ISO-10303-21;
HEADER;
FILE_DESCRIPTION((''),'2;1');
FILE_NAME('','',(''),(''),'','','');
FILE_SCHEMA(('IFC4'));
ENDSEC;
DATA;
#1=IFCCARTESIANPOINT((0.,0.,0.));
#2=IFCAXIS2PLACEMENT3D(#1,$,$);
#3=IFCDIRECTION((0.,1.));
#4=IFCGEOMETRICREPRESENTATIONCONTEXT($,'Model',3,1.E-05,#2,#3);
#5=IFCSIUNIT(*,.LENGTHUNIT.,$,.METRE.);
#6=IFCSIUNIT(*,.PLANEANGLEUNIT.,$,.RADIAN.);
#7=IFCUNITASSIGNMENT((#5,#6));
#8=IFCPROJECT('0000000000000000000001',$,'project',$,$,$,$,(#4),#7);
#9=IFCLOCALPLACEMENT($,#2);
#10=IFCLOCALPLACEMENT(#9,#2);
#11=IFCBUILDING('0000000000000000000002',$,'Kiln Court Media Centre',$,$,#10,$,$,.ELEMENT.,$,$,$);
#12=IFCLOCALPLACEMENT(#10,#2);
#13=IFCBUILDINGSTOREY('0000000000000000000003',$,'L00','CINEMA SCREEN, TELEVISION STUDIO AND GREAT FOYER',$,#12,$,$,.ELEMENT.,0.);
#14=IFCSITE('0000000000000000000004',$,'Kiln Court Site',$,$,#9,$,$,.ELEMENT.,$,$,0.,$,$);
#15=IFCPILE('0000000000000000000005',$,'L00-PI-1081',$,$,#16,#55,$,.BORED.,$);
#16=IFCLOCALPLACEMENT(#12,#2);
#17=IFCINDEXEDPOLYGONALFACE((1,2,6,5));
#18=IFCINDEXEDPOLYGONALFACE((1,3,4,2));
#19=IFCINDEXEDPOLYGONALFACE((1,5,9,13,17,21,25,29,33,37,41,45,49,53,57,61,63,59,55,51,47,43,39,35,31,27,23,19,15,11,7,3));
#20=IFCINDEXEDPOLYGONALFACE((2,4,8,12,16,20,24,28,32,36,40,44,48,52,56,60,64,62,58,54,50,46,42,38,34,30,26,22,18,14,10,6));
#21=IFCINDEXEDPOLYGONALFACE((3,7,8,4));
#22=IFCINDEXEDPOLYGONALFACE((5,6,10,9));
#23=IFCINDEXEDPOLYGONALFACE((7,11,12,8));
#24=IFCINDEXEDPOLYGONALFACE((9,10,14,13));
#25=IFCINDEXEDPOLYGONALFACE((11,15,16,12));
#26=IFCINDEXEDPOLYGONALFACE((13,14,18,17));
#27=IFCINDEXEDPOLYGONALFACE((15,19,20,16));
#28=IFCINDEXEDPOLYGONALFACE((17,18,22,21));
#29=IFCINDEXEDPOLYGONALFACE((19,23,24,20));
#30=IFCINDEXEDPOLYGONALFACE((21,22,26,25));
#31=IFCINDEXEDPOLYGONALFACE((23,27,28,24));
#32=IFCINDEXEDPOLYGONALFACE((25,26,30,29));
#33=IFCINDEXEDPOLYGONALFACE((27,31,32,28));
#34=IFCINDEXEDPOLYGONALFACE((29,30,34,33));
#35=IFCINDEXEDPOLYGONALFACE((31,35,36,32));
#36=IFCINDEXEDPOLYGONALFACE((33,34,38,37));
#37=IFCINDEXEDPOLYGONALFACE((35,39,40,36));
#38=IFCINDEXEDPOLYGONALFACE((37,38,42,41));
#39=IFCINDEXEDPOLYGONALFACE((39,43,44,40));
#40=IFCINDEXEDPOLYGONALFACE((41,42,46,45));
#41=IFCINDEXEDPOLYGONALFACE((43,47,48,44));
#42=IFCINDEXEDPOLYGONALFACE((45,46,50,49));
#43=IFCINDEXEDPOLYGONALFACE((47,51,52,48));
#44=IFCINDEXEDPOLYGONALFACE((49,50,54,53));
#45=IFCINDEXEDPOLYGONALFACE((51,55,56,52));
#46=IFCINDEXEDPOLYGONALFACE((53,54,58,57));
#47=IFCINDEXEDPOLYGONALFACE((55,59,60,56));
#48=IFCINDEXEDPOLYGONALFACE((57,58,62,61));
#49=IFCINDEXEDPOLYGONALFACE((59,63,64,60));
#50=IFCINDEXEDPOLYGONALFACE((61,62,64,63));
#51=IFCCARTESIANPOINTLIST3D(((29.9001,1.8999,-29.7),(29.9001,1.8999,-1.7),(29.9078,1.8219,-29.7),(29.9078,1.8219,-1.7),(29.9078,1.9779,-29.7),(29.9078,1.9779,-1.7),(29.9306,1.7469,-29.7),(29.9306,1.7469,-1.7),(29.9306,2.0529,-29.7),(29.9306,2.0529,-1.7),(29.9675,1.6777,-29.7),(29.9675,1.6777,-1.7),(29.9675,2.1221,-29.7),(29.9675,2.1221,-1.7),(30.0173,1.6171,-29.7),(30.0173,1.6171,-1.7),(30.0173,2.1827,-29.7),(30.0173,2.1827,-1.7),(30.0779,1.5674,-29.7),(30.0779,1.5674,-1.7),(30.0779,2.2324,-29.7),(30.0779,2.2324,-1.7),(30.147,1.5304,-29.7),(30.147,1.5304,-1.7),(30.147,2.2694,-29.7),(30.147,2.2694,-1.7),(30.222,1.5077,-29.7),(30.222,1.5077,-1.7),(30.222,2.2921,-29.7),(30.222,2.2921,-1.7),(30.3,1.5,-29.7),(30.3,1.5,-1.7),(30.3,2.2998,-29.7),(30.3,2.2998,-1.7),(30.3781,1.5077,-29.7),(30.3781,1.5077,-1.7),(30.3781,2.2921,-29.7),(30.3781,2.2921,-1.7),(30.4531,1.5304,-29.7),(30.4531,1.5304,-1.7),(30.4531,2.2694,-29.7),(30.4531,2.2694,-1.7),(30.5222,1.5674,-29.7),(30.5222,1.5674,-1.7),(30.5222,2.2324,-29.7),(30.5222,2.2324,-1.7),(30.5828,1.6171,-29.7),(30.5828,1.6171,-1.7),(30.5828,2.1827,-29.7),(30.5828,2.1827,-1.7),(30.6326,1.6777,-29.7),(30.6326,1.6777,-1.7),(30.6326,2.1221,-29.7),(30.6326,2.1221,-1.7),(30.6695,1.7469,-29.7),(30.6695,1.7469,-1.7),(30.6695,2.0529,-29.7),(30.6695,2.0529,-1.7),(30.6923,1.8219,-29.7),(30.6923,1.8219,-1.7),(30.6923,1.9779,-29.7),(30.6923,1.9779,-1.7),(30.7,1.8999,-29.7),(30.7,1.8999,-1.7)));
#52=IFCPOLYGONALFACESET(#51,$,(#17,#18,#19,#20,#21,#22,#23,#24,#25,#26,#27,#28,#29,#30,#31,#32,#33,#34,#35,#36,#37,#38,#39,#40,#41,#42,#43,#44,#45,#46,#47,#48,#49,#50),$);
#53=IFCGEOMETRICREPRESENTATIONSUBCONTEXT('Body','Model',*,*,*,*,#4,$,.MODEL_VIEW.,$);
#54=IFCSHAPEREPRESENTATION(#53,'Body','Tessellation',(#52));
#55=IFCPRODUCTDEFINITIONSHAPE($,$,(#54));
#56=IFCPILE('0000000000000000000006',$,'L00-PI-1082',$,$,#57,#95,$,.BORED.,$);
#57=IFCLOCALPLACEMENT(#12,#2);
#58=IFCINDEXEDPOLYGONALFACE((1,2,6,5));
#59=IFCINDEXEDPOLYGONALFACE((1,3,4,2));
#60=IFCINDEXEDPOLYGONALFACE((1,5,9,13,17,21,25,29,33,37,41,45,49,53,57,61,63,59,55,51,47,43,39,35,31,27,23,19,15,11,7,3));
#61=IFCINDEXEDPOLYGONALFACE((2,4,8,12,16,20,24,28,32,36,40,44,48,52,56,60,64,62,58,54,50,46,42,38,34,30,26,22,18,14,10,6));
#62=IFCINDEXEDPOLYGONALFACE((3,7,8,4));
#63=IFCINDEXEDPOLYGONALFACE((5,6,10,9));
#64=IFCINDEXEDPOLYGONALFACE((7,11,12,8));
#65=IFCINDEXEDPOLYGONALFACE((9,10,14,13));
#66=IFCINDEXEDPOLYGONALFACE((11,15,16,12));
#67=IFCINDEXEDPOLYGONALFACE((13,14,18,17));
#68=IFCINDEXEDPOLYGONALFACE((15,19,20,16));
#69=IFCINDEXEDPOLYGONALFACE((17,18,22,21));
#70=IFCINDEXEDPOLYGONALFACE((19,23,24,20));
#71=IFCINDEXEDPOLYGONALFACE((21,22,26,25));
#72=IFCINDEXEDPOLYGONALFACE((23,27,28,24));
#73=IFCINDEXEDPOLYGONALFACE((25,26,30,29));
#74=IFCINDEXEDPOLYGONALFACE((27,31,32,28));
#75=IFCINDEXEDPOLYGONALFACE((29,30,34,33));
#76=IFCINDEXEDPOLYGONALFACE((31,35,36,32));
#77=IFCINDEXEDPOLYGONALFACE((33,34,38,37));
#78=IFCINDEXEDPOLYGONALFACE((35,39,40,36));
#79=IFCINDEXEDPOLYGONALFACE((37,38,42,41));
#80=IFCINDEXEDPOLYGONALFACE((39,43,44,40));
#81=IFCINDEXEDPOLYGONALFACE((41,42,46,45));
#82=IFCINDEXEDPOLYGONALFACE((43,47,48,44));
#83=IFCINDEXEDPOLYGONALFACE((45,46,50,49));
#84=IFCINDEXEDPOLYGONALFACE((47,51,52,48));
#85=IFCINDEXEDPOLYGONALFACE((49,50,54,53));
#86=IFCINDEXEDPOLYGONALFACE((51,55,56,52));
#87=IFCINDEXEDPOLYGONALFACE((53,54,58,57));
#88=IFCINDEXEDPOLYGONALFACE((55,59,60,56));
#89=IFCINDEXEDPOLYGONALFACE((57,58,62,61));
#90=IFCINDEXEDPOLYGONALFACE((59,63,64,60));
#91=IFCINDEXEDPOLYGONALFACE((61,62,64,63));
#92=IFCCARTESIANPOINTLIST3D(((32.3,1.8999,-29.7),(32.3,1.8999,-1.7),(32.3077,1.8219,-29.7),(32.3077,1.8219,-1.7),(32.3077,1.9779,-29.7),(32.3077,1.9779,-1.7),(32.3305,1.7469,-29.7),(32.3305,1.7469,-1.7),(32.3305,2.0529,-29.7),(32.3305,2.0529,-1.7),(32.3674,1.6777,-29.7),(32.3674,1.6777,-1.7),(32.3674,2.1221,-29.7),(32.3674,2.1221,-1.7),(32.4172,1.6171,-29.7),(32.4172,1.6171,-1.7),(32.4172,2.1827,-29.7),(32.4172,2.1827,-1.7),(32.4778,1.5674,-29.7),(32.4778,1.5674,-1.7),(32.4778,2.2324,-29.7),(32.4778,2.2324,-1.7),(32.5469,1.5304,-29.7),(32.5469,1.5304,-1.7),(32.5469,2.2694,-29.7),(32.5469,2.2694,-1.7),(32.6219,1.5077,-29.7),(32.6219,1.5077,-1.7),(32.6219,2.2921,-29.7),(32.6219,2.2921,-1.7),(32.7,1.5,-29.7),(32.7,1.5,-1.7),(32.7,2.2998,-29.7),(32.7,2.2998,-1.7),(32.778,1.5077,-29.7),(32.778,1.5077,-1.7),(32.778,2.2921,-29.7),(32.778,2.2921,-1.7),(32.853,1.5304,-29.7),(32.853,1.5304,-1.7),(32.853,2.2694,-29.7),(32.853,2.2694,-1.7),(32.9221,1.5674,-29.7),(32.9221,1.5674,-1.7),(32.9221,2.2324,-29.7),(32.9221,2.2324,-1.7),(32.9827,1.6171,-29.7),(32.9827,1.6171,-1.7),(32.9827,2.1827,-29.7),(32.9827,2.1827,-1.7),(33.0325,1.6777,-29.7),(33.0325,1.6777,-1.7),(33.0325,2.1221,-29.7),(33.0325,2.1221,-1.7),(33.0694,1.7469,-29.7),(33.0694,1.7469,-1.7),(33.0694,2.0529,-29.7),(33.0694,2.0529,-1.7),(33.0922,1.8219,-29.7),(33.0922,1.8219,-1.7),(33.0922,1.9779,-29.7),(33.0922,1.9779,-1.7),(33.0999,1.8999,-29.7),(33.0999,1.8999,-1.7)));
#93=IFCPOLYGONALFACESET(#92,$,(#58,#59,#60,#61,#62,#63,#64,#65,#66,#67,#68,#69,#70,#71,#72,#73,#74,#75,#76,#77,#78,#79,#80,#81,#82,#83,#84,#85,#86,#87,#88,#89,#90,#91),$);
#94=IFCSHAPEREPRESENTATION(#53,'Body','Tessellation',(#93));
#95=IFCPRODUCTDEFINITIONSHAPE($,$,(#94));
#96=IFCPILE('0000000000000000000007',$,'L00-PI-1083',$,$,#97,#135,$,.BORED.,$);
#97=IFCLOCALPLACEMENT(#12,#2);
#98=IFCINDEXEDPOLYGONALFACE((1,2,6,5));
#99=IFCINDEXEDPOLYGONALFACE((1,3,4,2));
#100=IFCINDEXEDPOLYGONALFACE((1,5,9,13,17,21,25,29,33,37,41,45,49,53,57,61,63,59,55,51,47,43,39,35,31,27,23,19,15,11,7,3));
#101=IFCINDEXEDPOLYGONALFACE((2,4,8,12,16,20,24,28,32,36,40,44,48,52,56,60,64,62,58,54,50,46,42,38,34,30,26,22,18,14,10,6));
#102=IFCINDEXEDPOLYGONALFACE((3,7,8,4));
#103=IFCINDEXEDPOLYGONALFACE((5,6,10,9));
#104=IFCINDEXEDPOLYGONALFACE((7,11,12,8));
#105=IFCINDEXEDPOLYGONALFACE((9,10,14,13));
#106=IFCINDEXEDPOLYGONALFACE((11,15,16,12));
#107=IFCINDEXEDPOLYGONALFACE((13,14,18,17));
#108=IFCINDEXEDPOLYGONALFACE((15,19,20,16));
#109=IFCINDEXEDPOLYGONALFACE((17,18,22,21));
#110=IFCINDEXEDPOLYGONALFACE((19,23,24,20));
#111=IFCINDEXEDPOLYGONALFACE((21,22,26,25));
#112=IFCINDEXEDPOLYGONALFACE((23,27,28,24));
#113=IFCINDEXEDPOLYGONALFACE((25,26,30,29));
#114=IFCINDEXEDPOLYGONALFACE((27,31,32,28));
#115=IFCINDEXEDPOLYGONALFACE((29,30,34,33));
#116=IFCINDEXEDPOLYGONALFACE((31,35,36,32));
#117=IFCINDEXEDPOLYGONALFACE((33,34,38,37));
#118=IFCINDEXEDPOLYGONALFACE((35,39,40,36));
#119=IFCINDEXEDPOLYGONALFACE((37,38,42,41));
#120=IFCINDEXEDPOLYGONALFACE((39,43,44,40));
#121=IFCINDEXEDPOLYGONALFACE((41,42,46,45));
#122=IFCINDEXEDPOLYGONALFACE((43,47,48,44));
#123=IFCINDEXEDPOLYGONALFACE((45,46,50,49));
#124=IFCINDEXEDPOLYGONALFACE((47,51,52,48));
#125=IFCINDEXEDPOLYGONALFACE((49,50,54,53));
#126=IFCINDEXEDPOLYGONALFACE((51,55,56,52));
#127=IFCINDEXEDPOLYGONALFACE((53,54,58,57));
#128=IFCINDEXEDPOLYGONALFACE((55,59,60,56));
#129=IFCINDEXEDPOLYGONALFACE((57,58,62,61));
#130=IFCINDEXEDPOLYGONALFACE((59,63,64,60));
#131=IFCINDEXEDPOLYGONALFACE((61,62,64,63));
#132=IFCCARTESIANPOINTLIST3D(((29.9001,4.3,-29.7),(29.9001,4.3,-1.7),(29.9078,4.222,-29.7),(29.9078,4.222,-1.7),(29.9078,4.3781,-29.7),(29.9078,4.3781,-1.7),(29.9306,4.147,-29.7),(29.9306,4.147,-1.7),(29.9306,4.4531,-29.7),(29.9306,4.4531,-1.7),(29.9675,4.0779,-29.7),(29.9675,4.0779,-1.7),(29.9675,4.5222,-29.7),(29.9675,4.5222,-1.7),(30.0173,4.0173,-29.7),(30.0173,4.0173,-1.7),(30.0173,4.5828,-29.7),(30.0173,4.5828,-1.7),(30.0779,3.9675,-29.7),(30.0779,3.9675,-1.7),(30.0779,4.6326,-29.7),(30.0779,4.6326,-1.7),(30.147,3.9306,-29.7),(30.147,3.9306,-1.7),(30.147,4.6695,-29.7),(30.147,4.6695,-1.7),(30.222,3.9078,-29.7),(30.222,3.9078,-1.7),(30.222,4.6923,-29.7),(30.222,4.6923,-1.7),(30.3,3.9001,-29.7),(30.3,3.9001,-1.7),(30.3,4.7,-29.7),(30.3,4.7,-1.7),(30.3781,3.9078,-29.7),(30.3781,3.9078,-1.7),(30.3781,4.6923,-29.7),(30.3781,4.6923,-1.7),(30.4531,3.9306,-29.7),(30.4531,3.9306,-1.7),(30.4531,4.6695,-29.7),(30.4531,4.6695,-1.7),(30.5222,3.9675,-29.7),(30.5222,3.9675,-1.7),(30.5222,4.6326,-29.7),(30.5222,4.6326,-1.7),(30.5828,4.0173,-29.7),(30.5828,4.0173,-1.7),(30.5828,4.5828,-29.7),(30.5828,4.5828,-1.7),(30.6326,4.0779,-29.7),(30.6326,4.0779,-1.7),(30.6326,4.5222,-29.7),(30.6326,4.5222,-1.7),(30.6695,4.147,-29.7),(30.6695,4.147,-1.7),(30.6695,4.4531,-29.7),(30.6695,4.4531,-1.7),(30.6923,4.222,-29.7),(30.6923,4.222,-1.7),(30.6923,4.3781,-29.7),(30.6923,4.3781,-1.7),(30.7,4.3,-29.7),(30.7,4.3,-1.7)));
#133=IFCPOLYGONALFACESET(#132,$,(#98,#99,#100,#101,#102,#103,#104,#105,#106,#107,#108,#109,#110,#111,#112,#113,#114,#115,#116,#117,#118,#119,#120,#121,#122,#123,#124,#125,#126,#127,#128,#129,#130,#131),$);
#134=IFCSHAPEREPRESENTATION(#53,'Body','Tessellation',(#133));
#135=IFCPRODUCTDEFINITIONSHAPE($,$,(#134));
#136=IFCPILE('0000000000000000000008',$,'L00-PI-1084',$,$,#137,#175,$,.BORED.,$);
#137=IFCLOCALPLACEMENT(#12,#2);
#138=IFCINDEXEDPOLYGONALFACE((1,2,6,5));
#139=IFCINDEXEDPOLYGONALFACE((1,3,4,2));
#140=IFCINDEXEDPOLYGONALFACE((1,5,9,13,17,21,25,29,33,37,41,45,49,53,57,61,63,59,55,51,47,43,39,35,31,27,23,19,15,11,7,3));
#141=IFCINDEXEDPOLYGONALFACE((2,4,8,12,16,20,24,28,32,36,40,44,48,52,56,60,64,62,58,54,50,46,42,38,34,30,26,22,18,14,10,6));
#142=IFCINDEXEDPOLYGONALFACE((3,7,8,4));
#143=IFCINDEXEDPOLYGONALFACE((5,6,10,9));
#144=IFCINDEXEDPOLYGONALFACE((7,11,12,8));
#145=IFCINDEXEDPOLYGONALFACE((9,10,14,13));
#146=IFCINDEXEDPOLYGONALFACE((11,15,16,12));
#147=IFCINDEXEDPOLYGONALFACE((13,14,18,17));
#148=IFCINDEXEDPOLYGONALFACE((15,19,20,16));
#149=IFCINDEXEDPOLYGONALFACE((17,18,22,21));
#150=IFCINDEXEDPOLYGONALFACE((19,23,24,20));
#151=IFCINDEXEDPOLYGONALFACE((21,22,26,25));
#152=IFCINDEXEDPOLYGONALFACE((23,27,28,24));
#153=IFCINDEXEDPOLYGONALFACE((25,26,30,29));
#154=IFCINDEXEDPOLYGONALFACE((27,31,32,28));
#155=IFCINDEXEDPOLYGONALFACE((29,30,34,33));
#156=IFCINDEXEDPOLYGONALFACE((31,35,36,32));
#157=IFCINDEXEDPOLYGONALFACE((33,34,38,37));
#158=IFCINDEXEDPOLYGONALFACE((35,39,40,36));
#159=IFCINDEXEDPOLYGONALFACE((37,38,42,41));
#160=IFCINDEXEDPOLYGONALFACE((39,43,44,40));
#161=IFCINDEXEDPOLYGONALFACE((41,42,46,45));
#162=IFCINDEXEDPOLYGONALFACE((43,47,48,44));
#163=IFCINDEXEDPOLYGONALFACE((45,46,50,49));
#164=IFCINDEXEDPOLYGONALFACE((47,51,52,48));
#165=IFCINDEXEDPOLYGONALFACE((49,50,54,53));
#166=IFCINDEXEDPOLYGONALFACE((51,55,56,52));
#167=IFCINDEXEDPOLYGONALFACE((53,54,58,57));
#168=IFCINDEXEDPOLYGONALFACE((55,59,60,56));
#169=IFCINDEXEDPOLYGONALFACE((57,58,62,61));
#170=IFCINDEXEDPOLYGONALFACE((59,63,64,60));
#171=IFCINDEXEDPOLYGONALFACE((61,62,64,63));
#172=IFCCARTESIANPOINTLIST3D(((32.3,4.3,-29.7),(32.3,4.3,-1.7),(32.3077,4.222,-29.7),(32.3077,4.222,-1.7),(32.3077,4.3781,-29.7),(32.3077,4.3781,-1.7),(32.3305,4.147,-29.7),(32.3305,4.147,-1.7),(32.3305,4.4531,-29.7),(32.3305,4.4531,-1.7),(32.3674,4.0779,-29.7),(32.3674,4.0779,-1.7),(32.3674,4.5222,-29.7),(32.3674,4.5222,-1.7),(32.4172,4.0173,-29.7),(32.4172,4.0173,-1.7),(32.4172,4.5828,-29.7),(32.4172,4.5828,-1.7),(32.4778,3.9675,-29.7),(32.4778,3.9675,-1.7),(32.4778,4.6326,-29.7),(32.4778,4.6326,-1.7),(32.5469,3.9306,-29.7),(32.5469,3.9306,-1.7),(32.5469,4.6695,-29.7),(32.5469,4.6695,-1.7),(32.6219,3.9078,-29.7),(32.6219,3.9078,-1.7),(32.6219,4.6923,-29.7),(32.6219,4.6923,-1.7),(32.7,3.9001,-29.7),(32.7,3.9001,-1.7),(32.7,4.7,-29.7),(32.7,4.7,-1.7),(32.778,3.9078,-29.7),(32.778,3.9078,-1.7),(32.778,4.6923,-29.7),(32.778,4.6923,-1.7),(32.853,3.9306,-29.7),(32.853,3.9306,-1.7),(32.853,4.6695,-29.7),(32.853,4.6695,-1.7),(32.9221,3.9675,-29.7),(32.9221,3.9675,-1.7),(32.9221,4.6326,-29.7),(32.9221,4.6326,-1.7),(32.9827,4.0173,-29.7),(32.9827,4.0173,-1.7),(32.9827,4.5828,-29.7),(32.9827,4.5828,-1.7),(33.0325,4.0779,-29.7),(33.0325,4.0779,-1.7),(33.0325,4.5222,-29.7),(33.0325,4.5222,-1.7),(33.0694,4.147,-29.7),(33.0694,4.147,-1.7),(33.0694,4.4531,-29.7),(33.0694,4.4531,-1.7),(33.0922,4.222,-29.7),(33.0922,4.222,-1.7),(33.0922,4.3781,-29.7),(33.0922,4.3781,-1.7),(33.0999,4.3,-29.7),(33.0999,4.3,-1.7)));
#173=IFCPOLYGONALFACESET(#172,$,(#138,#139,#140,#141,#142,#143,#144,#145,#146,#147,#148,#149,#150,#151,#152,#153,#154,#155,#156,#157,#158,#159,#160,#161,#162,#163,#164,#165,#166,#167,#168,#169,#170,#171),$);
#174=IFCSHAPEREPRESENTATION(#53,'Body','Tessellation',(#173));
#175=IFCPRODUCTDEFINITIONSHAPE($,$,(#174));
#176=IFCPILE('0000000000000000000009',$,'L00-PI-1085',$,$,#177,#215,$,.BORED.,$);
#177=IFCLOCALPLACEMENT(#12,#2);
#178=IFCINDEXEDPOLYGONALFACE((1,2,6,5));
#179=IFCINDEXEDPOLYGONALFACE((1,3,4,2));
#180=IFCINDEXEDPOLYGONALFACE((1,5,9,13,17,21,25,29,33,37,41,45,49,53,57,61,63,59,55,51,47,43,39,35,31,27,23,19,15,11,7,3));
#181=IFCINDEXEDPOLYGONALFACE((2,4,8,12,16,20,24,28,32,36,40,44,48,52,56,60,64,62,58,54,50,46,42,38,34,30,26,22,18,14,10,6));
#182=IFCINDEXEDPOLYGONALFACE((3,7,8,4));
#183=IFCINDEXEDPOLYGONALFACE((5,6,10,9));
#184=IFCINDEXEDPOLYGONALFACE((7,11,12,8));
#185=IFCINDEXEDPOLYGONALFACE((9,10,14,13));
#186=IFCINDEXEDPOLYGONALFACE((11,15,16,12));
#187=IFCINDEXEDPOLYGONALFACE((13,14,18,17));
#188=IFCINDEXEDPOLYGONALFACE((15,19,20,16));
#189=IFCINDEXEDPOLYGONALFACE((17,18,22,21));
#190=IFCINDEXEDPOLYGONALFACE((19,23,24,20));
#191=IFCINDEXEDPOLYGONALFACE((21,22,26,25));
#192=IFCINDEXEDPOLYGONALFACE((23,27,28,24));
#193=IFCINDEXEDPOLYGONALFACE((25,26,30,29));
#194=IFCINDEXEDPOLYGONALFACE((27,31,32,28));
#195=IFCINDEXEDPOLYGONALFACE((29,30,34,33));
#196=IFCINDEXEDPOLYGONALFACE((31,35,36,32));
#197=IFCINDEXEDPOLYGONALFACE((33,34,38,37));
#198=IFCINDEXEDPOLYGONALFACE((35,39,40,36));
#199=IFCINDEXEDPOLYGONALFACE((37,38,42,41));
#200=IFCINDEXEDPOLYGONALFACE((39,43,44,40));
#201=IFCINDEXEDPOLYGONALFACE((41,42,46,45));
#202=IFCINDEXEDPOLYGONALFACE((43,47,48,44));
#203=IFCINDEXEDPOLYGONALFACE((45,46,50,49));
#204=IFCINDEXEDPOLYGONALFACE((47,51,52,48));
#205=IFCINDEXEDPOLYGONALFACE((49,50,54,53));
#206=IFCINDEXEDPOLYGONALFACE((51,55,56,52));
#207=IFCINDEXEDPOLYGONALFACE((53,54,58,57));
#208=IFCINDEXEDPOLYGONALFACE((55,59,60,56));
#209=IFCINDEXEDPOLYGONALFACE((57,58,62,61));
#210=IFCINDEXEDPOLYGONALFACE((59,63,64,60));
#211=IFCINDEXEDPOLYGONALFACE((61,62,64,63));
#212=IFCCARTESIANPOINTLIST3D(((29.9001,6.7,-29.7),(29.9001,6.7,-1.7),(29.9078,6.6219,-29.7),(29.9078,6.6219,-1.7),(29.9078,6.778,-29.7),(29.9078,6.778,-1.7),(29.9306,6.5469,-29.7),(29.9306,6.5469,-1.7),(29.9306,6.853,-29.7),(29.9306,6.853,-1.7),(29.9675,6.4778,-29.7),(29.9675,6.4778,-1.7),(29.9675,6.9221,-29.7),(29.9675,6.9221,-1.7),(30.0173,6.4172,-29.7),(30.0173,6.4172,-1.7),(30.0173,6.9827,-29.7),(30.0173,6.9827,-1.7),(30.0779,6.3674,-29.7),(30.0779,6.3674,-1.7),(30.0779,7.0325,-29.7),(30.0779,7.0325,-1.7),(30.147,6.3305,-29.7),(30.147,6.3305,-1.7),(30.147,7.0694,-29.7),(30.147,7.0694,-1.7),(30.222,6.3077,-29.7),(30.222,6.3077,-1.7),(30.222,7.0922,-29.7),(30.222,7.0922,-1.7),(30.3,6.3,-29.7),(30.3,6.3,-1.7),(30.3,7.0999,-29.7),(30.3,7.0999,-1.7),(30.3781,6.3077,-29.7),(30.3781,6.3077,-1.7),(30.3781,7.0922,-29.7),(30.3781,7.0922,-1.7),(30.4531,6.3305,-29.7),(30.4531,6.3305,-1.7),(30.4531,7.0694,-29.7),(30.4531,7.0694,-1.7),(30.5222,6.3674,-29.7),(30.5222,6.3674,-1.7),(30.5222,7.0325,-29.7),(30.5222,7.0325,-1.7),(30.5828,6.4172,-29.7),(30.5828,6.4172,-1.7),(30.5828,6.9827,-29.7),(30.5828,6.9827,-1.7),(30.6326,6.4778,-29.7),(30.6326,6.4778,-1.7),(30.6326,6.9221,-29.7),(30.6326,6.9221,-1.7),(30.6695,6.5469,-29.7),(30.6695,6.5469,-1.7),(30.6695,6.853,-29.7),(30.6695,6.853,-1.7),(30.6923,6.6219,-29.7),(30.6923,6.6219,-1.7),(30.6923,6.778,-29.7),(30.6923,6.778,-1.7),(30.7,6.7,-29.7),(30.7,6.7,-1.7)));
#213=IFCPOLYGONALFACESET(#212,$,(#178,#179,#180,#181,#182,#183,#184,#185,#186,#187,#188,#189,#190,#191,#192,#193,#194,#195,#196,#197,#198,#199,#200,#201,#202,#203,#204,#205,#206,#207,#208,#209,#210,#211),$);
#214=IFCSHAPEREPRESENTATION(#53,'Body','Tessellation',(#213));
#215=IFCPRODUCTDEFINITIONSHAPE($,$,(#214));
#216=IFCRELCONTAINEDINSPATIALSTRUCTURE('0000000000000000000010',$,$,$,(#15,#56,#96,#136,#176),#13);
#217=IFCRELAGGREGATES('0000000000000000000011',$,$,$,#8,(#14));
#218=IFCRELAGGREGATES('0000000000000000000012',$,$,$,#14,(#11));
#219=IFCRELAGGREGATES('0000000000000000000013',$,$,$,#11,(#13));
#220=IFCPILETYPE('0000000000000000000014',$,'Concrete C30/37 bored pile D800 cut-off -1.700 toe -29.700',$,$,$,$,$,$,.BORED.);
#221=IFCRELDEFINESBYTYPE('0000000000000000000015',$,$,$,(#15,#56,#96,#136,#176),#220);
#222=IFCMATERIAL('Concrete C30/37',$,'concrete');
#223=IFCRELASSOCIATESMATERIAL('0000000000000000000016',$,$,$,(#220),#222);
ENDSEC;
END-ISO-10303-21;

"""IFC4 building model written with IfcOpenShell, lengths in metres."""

from ifc_helpers import new_model, si_unit, direction, frame, origin, origin_2d, place, context, subcontext, project, spatial, circle, extrude, material, material_profile, profile_set, type_object, element, save


model = new_model("IFC4")

# Units and contexts
model_context = context("Model", 3, precision=1e-05, world=origin(), true_north=direction((0.0, 1.0)))
body_context = subcontext(model_context, "Body", "Model", "MODEL_VIEW")
ifc_project = project(units=[si_unit("LENGTHUNIT", "METRE"), si_unit("PLANEANGLEUNIT", "RADIAN")], contexts=[model_context])

# Site, building, storey
site_placement = place(None, origin())
site = spatial("IfcSite", under=ifc_project, at=site_placement, Name="Kiln Court Site", CompositionType="ELEMENT", RefElevation=0.0)
building_placement = place(site_placement, origin())
building = spatial("IfcBuilding", under=site, at=building_placement, Name="Kiln Court Media Centre", CompositionType="ELEMENT")
storey_placement = place(building_placement, origin())
storey = spatial("IfcBuildingStorey", under=building, at=storey_placement, Name="L00", Description="CINEMA SCREEN, TELEVISION STUDIO AND GREAT FOYER", CompositionType="ELEMENT", Elevation=0.0)

# Piles
ifc_material_1 = material(Name="Concrete C30/37", Category="concrete")
ifc_material_profile = material_profile(ifc_material_1, circle(Radius=0.3999, at=origin_2d()), Name="PILE D800")
ifc_profile_set = profile_set([ifc_material_profile], Name="Concrete C30/37")
pile_type = type_object("IfcPileType", Name="Concrete C30/37 bored pile D800 cut-off -1.700 toe -29.700", PredefinedType="BORED", material=ifc_profile_set)
for number, where, z_axis, x_axis, name in (
    (1, (30.3, 1.8999, -1.7), (0.0, 0.0, -1.0), (1.0, 0.0, 0.0), "L00-PI-1081"),
    (2, (32.7, 1.8999, -1.7), (0.0, 0.0, -1.0), (1.0, 0.0, 0.0), "L00-PI-1082"),
    (3, (30.3, 4.3, -1.7), (0.0, 0.0, -1.0), (1.0, 0.0, 0.0), "L00-PI-1083"),
    (4, (32.7, 4.3, -1.7), (0.0, 0.0, -1.0), (1.0, 0.0, 0.0), "L00-PI-1084"),
    (5, (30.3, 6.7, -1.7), (0.0, 0.0, -1.0), (1.0, 0.0, 0.0), "L00-PI-1085"),
):
    element("IfcPile", number, at=place(storey_placement, frame(where, z_axis=z_axis, x_axis=x_axis)), inside=storey, type_object=pile_type, Name=name, PredefinedType="BORED", context=body_context, shape_type="SweptSolid", body=[
        extrude(circle(Radius=0.3999, at=origin_2d()), origin(), (0.0, 0.0, 1.0), 28.0),
    ])

save(model, "model.ifc")
